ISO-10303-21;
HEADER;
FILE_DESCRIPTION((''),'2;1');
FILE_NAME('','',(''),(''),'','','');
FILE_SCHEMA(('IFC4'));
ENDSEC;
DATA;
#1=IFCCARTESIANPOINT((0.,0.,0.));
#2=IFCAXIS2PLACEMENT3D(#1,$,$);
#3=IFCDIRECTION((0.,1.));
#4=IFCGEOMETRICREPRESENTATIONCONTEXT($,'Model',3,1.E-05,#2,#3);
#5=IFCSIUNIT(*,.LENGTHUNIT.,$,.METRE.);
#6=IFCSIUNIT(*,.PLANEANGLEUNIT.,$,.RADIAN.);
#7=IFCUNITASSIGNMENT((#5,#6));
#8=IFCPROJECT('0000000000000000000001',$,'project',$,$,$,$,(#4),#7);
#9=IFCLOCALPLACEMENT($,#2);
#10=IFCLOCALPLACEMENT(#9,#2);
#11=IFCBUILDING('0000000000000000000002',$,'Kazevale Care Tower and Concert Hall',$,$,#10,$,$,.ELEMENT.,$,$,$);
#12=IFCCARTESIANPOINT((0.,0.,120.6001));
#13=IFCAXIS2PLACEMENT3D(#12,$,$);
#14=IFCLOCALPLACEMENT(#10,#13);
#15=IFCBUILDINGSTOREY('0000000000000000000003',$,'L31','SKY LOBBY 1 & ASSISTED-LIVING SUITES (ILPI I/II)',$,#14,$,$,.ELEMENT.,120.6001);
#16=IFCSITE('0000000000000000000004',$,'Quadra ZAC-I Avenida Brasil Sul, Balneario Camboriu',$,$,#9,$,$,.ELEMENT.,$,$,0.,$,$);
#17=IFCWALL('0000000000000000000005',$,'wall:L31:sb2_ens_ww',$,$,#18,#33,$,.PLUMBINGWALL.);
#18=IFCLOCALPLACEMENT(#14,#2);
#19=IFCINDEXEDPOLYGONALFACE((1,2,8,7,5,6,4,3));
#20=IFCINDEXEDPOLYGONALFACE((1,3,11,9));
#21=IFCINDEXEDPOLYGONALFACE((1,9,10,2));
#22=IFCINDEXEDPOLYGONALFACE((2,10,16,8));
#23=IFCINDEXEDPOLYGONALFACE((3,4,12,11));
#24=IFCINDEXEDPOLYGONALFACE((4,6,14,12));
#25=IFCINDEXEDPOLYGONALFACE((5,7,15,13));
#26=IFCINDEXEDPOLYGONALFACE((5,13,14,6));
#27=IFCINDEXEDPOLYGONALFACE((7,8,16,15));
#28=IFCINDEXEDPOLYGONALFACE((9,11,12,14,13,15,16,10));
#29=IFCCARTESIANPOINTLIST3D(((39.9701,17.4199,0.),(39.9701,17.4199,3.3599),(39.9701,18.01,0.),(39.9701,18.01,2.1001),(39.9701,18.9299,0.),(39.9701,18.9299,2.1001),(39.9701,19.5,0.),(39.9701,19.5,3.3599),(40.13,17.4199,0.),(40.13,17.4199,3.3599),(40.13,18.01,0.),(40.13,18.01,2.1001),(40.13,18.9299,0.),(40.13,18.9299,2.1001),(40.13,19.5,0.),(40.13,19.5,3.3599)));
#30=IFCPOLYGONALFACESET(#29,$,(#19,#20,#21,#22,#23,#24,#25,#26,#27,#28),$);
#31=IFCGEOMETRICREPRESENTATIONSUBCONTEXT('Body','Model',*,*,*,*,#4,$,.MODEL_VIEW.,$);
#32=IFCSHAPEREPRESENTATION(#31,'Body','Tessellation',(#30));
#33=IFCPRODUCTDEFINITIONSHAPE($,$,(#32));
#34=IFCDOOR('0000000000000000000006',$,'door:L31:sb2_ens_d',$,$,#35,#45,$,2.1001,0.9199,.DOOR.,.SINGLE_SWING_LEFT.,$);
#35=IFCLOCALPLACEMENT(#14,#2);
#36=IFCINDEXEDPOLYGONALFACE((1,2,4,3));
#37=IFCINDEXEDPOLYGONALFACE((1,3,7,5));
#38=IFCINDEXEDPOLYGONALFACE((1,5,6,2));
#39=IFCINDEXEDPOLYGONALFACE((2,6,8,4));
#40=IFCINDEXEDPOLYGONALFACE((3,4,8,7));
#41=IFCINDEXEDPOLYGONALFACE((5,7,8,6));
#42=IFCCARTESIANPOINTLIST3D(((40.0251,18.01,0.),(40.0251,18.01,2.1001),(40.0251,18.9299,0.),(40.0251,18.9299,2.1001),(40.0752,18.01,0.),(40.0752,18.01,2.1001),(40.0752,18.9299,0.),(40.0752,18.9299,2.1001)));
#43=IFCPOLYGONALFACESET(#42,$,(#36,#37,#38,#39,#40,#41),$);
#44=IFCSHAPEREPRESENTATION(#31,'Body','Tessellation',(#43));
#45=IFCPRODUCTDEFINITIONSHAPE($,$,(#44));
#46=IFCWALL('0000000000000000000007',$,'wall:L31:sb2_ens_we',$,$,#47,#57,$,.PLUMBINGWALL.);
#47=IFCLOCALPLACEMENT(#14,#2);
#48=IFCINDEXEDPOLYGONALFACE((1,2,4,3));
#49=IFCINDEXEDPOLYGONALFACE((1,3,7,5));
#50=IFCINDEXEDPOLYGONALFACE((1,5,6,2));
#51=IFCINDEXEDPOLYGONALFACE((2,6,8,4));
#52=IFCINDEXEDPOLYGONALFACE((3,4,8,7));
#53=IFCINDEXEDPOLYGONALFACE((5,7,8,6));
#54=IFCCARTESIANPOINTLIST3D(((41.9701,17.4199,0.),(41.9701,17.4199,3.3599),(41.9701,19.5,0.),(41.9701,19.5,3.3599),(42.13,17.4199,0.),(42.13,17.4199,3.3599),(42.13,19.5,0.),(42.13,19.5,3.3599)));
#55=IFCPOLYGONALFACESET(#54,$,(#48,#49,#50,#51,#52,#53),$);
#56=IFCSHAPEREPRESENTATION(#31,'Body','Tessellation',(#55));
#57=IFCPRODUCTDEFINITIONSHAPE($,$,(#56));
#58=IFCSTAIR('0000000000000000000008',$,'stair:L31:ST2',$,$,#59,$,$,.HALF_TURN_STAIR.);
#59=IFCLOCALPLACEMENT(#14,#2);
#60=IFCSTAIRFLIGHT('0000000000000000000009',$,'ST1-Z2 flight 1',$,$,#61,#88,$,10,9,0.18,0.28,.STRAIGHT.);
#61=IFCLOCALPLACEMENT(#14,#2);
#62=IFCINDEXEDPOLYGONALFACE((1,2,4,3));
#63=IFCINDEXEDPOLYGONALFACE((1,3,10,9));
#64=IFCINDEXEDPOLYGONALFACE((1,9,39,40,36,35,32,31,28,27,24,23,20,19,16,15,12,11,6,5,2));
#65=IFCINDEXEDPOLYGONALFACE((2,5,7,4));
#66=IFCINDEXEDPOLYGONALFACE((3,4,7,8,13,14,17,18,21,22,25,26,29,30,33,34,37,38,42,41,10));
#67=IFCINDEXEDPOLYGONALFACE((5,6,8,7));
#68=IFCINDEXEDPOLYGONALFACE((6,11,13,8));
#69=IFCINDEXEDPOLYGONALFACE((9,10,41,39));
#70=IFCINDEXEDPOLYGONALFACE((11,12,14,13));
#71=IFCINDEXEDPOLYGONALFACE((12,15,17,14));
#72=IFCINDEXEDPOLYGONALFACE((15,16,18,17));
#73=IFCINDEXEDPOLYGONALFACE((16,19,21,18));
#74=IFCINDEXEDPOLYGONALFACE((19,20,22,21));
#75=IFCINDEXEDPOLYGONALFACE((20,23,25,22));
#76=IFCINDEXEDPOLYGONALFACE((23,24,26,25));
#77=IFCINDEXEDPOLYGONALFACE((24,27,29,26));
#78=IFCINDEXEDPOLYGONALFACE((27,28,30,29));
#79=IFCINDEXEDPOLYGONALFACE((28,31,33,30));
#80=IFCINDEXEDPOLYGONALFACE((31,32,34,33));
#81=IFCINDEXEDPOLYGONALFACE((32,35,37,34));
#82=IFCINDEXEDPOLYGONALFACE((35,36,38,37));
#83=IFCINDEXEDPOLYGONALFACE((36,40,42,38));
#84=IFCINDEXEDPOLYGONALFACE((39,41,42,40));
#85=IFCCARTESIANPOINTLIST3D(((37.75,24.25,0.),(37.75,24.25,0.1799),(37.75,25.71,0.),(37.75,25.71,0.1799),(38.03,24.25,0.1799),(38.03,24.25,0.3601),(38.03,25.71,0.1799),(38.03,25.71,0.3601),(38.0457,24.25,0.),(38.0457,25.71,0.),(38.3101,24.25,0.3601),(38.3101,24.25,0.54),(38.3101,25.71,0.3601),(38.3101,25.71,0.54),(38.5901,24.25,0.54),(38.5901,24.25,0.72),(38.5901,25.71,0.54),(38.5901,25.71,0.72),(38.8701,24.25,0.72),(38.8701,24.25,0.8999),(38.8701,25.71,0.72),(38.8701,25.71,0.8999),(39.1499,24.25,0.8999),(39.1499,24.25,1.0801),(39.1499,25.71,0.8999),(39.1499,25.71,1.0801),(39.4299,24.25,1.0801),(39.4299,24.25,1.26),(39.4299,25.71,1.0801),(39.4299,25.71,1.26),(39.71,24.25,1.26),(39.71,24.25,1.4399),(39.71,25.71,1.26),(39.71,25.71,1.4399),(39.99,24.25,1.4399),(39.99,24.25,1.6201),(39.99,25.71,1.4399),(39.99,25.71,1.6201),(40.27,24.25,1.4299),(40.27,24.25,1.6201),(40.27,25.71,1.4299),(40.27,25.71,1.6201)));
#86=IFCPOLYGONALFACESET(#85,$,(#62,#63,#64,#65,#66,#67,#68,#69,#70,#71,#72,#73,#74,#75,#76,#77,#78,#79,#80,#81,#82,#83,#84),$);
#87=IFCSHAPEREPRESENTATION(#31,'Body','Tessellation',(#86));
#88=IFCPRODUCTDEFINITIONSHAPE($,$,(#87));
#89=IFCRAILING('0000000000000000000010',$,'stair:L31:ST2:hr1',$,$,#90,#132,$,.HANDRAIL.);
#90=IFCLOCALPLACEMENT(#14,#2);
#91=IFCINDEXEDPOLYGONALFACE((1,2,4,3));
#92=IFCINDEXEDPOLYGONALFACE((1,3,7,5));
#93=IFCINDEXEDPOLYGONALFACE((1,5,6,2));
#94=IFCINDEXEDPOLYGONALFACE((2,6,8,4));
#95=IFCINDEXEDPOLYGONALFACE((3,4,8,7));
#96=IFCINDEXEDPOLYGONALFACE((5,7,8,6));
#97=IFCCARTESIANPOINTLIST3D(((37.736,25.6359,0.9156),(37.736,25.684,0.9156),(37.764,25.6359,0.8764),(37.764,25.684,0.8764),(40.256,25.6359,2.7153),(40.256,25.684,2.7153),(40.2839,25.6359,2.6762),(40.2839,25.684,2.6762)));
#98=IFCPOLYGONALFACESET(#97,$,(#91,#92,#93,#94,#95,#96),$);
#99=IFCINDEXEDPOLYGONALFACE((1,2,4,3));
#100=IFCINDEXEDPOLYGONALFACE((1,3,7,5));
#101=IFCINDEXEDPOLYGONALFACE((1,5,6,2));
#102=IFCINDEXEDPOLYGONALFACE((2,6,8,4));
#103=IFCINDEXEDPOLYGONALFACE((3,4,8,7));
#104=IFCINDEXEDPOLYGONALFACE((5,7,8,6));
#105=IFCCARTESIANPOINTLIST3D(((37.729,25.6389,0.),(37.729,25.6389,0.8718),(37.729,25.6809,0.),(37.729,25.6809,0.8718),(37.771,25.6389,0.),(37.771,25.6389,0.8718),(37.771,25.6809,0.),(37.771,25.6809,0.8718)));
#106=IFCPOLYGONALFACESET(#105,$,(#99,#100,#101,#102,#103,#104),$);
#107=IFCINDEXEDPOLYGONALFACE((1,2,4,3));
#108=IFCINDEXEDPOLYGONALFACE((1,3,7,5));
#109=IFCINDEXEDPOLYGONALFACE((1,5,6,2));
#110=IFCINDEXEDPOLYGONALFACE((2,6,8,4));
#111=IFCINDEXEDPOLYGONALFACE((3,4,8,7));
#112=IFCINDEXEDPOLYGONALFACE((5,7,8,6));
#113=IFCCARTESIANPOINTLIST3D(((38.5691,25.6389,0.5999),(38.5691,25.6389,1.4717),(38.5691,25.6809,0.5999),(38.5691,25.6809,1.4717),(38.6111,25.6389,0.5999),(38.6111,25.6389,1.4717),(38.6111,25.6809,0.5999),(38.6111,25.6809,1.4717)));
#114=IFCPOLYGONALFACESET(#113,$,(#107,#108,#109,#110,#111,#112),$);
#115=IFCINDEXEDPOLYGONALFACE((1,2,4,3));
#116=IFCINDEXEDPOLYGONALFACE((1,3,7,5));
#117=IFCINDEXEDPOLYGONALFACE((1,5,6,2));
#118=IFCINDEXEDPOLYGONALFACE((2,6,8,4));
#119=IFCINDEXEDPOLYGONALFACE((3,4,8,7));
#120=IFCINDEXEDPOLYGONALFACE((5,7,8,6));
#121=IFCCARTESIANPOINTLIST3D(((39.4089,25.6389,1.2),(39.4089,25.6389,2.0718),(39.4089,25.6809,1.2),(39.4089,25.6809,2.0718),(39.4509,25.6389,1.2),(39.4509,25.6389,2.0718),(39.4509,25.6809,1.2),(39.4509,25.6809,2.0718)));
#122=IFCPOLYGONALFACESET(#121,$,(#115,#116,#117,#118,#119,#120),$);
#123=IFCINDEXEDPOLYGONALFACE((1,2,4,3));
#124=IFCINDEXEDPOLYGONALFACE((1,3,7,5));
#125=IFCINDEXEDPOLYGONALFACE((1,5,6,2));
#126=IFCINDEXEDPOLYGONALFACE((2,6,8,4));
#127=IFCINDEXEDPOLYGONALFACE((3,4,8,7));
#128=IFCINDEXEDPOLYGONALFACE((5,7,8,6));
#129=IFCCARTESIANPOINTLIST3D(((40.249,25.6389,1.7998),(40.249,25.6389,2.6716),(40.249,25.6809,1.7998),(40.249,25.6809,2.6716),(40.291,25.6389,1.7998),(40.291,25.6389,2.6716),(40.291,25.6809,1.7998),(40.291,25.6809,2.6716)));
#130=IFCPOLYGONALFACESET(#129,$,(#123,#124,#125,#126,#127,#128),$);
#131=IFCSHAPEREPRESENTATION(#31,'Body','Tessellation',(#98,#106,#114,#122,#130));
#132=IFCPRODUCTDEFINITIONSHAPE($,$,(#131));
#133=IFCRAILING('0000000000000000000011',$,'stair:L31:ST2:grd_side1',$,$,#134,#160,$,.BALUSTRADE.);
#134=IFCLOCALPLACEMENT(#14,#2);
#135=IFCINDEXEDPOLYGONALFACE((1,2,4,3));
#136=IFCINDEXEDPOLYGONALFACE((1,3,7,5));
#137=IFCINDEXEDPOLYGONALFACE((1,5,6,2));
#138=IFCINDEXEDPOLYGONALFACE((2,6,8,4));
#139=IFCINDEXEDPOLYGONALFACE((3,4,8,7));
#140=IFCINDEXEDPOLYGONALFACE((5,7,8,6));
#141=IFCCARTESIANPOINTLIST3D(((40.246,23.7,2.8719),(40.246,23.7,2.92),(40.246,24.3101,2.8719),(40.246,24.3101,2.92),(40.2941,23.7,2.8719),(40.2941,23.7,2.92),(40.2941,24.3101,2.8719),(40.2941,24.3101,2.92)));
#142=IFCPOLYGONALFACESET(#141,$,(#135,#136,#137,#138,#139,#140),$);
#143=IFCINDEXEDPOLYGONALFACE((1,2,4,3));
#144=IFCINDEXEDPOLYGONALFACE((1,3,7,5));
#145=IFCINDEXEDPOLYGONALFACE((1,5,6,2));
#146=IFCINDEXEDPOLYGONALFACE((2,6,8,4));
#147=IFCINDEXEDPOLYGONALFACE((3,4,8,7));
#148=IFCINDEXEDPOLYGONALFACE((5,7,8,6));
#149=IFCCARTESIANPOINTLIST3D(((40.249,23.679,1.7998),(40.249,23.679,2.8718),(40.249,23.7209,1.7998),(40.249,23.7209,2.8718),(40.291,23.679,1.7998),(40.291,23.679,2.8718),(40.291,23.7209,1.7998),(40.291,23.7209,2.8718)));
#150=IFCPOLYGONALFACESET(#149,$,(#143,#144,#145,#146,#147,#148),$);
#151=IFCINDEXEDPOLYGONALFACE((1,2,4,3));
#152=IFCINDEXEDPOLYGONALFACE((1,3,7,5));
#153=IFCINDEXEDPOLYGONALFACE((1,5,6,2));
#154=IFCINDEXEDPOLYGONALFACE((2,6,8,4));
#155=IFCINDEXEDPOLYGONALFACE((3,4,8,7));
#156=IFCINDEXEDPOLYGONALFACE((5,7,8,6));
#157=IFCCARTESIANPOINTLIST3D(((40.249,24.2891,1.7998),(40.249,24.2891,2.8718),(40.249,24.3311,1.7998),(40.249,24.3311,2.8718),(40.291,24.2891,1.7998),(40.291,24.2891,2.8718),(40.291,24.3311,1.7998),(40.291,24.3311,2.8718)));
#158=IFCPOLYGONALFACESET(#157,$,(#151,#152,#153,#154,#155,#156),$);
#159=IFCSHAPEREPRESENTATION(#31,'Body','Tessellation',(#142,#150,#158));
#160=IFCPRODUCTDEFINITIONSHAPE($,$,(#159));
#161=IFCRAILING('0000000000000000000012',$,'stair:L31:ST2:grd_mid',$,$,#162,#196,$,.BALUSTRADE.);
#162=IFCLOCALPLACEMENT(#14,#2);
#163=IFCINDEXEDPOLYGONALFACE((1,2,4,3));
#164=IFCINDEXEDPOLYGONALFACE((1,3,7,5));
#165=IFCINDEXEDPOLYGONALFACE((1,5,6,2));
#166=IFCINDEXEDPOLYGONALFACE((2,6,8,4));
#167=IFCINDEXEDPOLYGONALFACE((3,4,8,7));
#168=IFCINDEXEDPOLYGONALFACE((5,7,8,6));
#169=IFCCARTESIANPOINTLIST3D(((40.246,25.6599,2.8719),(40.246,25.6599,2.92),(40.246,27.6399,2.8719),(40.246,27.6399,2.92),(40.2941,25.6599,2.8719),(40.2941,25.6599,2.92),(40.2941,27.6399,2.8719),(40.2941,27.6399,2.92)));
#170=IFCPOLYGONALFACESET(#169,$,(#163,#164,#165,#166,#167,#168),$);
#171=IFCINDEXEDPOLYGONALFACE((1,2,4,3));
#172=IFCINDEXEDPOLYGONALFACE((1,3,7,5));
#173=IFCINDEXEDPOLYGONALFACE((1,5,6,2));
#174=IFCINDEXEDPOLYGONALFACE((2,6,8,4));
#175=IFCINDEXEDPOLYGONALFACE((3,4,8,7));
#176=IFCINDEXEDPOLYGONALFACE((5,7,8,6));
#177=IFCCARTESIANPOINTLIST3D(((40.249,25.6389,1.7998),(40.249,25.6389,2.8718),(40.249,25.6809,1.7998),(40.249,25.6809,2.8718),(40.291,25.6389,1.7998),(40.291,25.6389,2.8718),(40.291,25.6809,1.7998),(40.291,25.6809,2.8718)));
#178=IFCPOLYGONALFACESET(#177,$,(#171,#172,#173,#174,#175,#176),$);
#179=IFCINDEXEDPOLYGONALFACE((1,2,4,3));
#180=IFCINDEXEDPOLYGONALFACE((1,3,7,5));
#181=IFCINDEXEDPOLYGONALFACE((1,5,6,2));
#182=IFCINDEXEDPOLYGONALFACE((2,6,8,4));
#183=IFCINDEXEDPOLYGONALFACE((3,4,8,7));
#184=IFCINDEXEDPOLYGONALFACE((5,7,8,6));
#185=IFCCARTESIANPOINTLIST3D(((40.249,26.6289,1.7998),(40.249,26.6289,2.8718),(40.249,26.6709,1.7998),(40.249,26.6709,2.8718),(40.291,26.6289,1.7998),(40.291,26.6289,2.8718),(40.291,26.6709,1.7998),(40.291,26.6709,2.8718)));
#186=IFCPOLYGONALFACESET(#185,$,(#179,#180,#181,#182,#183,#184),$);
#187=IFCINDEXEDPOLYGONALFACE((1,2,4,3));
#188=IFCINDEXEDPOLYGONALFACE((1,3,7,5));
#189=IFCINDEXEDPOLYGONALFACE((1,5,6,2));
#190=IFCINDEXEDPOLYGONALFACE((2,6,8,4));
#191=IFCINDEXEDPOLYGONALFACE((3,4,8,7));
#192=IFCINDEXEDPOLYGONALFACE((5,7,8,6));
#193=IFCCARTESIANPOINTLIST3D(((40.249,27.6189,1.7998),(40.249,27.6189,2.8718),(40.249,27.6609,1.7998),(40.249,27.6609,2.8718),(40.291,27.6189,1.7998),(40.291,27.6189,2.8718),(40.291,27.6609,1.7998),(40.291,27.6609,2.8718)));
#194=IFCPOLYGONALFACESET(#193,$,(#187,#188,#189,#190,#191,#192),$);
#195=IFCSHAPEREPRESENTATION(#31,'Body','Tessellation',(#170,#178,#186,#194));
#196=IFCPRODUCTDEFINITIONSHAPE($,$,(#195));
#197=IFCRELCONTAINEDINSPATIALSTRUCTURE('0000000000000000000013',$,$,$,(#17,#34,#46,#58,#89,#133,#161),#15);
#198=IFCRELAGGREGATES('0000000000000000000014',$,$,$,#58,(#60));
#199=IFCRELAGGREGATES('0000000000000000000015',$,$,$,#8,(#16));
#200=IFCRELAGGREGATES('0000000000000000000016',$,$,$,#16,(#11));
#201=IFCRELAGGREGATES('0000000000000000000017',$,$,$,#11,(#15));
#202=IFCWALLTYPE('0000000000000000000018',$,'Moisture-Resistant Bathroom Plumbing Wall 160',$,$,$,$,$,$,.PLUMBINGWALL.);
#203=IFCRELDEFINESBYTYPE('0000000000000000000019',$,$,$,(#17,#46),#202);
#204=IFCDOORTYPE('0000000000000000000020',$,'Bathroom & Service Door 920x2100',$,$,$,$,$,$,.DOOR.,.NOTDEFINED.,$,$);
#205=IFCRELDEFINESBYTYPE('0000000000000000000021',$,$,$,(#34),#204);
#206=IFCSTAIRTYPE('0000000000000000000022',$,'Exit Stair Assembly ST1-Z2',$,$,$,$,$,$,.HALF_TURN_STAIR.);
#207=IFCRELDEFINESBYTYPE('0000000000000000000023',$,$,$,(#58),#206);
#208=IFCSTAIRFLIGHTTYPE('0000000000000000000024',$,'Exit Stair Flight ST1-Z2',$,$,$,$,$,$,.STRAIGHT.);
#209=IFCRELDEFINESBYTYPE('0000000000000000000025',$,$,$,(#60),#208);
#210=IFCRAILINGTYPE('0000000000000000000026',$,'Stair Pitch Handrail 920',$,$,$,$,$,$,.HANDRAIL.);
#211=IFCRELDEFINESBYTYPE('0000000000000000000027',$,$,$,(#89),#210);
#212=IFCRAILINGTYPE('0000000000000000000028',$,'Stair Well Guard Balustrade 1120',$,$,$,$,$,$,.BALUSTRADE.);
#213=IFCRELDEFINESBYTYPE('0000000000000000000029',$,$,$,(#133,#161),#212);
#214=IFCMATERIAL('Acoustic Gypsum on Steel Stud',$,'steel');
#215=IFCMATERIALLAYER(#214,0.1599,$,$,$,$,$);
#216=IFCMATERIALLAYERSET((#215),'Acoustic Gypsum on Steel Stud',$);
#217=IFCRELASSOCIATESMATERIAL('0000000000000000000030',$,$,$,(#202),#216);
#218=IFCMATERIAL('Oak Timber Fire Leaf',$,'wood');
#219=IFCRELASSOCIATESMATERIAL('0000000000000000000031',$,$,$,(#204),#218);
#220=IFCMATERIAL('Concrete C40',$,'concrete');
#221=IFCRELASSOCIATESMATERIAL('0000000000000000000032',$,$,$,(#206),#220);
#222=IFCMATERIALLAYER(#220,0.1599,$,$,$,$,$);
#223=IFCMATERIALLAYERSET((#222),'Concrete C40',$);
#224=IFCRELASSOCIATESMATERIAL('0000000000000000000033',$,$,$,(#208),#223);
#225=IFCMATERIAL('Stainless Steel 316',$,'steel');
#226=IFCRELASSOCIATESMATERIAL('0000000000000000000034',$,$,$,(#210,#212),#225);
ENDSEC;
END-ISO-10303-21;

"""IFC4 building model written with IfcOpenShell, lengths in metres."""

from ifc_helpers import new_model, si_unit, direction, frame, frame_2d, origin, origin_2d, place, context, subcontext, project, spatial, polyline, rectangle, outline, extrude, material, layer, layer_set, type_object, element, fill, aggregate, save


model = new_model("IFC4")

# Units and contexts
model_context = context("Model", 3, precision=1e-05, world=origin(), true_north=direction((0.0, 1.0)))
body_context = subcontext(model_context, "Body", "Model", "MODEL_VIEW")
ifc_project = project(units=[si_unit("LENGTHUNIT", "METRE"), si_unit("PLANEANGLEUNIT", "RADIAN")], contexts=[model_context])

# Site, building, storey
site_placement = place(None, origin())
site = spatial("IfcSite", under=ifc_project, at=site_placement, Name="Quadra ZAC-I Avenida Brasil Sul, Balneario Camboriu", CompositionType="ELEMENT", RefElevation=0.0)
building_placement = place(site_placement, origin())
building = spatial("IfcBuilding", under=site, at=building_placement, Name="Kazevale Care Tower and Concert Hall", CompositionType="ELEMENT")
storey_placement = place(building_placement, frame((0.0, 0.0, 120.6001)))
storey = spatial("IfcBuildingStorey", under=building, at=storey_placement, Name="L31", Description="SKY LOBBY 1 & ASSISTED-LIVING SUITES (ILPI I/II)", CompositionType="ELEMENT", Elevation=120.6001)

# Shared definitions
ifc_material_1 = material(Name="Acoustic Gypsum on Steel Stud", Category="steel")

# Shared definitions
ifc_material_2 = material(Name="Oak Timber Fire Leaf", Category="wood")

# Shared definitions
ifc_layer_1 = layer(ifc_material_1, 0.1599)
ifc_layer_set_1 = layer_set([ifc_layer_1], Name="Acoustic Gypsum on Steel Stud")
wall_type_1 = type_object("IfcWallType", Name="Moisture-Resistant Bathroom Plumbing Wall 160", PredefinedType="PLUMBINGWALL", material=ifc_layer_set_1)

# Wall, opening, door
wall_1_placement = place(storey_placement, frame((40.05, 17.4199, 0.0), z_axis=(0.0, 0.0, 1.0), x_axis=(0.0, 1.0, 0.0)))
wall_1 = element("IfcWall", 1, at=wall_1_placement, inside=storey, type_object=wall_type_1, Name="wall:L31:sb2_ens_ww", PredefinedType="PLUMBINGWALL", context=body_context, shape_type="SweptSolid", body=[
    extrude(rectangle(XDim=2.0801, YDim=0.1599, at=frame_2d((1.04, 0.0))), origin(), (0.0, 0.0, 1.0), 3.3599),
])
opening_1_placement = place(wall_1_placement, frame((0.5901, 0.0, 0.0)))
opening_1 = element("IfcOpeningElement", 2, at=opening_1_placement, cuts=wall_1, PredefinedType="OPENING", context=body_context, shape_type="SweptSolid", body=[
    extrude(rectangle(XDim=0.9199, YDim=2.1001, at=frame_2d((0.46, 1.05))), frame((0.0, 0.0898, 0.0), z_axis=(0.0, -1.0, 0.0), x_axis=(1.0, 0.0, 0.0)), (0.0, 0.0, 1.0), 0.1799),
])
door_type_1 = type_object("IfcDoorType", Name="Bathroom & Service Door 920x2100", OperationType="NOTDEFINED", PredefinedType="DOOR", material=ifc_material_2)
door_1_placement = place(opening_1_placement, origin())
door_1 = element("IfcDoor", 3, at=door_1_placement, inside=storey, type_object=door_type_1, Name="door:L31:sb2_ens_d", OperationType="SINGLE_SWING_LEFT", OverallHeight=2.1001, OverallWidth=0.9199, PredefinedType="DOOR", context=body_context, shape_type="SweptSolid", body=[
    extrude(rectangle(XDim=0.9199, YDim=2.1001, at=frame_2d((0.46, 1.05))), frame((0.0, 0.0249, 0.0), z_axis=(0.0, -1.0, 0.0), x_axis=(1.0, 0.0, 0.0)), (0.0, 0.0, 1.0), 0.05),
])
fill(opening_1, door_1)

# Wall
wall_2_placement = place(storey_placement, frame((42.05, 17.4199, 0.0), z_axis=(0.0, 0.0, 1.0), x_axis=(0.0, 1.0, 0.0)))
element("IfcWall", 4, at=wall_2_placement, inside=storey, type_object=wall_type_1, Name="wall:L31:sb2_ens_we", PredefinedType="PLUMBINGWALL", context=body_context, shape_type="SweptSolid", body=[
    extrude(rectangle(XDim=2.0801, YDim=0.1599, at=frame_2d((1.04, 0.0))), origin(), (0.0, 0.0, 1.0), 3.3599),
])

# Stair, stair flight
ifc_material_3 = material(Name="Concrete C40", Category="concrete")
stair_type = type_object("IfcStairType", Name="Exit Stair Assembly ST1-Z2", PredefinedType="HALF_TURN_STAIR", material=ifc_material_3)
stair_placement = place(storey_placement, origin())
stair = element("IfcStair", 5, at=stair_placement, inside=storey, type_object=stair_type, Name="stair:L31:ST2", PredefinedType="HALF_TURN_STAIR")
ifc_layer_2 = layer(ifc_material_3, 0.1599)
ifc_layer_set_2 = layer_set([ifc_layer_2], Name="Concrete C40")
stair_flight_type = type_object("IfcStairFlightType", Name="Exit Stair Flight ST1-Z2", PredefinedType="STRAIGHT", material=ifc_layer_set_2)
stair_flight_placement = place(storey_placement, frame((37.75, 24.98, 0.0), z_axis=(0.0, 0.0, 1.0), x_axis=(1.0, 0.0, 0.0)))
stair_flight = element("IfcStairFlight", 6, at=stair_flight_placement, type_object=stair_flight_type, Name="ST1-Z2 flight 1", NumberOfRisers=10, NumberOfTreads=9, PredefinedType="STRAIGHT", RiserHeight=0.18, TreadLength=0.28, context=body_context, shape_type="SweptSolid", body=[
    extrude(outline(polyline([(0.0, 0.0), (0.0, 0.1799), (0.28, 0.1799), (0.28, 0.3601), (0.5601, 0.3601), (0.5601, 0.54), (0.8401, 0.54), (0.8401, 0.72), (1.1201, 0.72), (1.1201, 0.8999), (1.3999, 0.8999), (1.3999, 1.0801), (1.6799, 1.0801), (1.6799, 1.26), (1.96, 1.26), (1.96, 1.4399), (2.24, 1.4399), (2.24, 1.6201), (2.52, 1.6201), (2.52, 1.8), (2.52, 1.4299), (0.2957, 0.0), (0.0, 0.0)])), frame((0.0, 0.73, 0.0), z_axis=(0.0, -1.0, 0.0), x_axis=(1.0, 0.0, 0.0)), (0.0, 0.0, 1.0), 1.46),
])
aggregate(stair, [stair_flight])

# Railings
ifc_material_4 = material(Name="Stainless Steel 316", Category="steel")
railing_type_1 = type_object("IfcRailingType", Name="Stair Pitch Handrail 920", PredefinedType="HANDRAIL", material=ifc_material_4)
railing_1_placement = place(storey_placement, frame((37.75, 25.6599, 0.0)))
element("IfcRailing", 7, at=railing_1_placement, inside=storey, type_object=railing_type_1, Name="stair:L31:ST2:hr1", PredefinedType="HANDRAIL", context=body_context, shape_type="SweptSolid", body=[
    extrude(rectangle(XDim=0.0481, YDim=0.0481, at=origin_2d()), frame((0.0, 0.0, 0.896), z_axis=(0.813765, 0.0, 0.581193), x_axis=(0.0, 1.0, 0.0)), (0.0, 0.0, 1.0), 3.0967),
    extrude(rectangle(XDim=0.042, YDim=0.042, at=origin_2d()), origin(), (0.0, 0.0, 1.0), 0.8718),
    extrude(rectangle(XDim=0.042, YDim=0.042, at=origin_2d()), frame((0.8401, 0.0, 0.5999)), (0.0, 0.0, 1.0), 0.8718),
    extrude(rectangle(XDim=0.042, YDim=0.042, at=origin_2d()), frame((1.6799, 0.0, 1.2)), (0.0, 0.0, 1.0), 0.8718),
    extrude(rectangle(XDim=0.042, YDim=0.042, at=origin_2d()), frame((2.52, 0.0, 1.7998)), (0.0, 0.0, 1.0), 0.8718),
])
railing_type_2 = type_object("IfcRailingType", Name="Stair Well Guard Balustrade 1120", PredefinedType="BALUSTRADE", material=ifc_material_4)
railing_2_placement = place(storey_placement, frame((40.27, 23.7, 1.7998)))
element("IfcRailing", 8, at=railing_2_placement, inside=storey, type_object=railing_type_2, Name="stair:L31:ST2:grd_side1", PredefinedType="BALUSTRADE", context=body_context, shape_type="SweptSolid", body=[
    extrude(rectangle(XDim=0.0481, YDim=0.0481, at=origin_2d()), frame((0.0, 0.0, 1.0962), z_axis=(0.0, 1.0, 0.0), x_axis=(-1.0, 0.0, 0.0)), (0.0, 0.0, 1.0), 0.6101),
    extrude(rectangle(XDim=0.042, YDim=0.042, at=origin_2d()), origin(), (0.0, 0.0, 1.0), 1.072),
    extrude(rectangle(XDim=0.042, YDim=0.042, at=origin_2d()), frame((0.0, 0.6101, 0.0)), (0.0, 0.0, 1.0), 1.072),
])
for number, where, name in (
    (9, (40.27, 25.6599, 1.7998), "stair:L31:ST2:grd_mid"),
):
    element("IfcRailing", number, at=place(storey_placement, frame(where)), inside=storey, type_object=railing_type_2, Name=name, PredefinedType="BALUSTRADE", context=body_context, shape_type="SweptSolid", body=[
        extrude(rectangle(XDim=0.0481, YDim=0.0481, at=origin_2d()), frame((0.0, 0.0, 1.0962), z_axis=(0.0, 1.0, 0.0), x_axis=(-1.0, 0.0, 0.0)), (0.0, 0.0, 1.0), 1.98),
        extrude(rectangle(XDim=0.042, YDim=0.042, at=origin_2d()), origin(), (0.0, 0.0, 1.0), 1.072),
        extrude(rectangle(XDim=0.042, YDim=0.042, at=origin_2d()), frame((0.0, 0.99, 0.0)), (0.0, 0.0, 1.0), 1.072),
        extrude(rectangle(XDim=0.042, YDim=0.042, at=origin_2d()), frame((0.0, 1.98, 0.0)), (0.0, 0.0, 1.0), 1.072),
    ])

save(model, "model.ifc")
